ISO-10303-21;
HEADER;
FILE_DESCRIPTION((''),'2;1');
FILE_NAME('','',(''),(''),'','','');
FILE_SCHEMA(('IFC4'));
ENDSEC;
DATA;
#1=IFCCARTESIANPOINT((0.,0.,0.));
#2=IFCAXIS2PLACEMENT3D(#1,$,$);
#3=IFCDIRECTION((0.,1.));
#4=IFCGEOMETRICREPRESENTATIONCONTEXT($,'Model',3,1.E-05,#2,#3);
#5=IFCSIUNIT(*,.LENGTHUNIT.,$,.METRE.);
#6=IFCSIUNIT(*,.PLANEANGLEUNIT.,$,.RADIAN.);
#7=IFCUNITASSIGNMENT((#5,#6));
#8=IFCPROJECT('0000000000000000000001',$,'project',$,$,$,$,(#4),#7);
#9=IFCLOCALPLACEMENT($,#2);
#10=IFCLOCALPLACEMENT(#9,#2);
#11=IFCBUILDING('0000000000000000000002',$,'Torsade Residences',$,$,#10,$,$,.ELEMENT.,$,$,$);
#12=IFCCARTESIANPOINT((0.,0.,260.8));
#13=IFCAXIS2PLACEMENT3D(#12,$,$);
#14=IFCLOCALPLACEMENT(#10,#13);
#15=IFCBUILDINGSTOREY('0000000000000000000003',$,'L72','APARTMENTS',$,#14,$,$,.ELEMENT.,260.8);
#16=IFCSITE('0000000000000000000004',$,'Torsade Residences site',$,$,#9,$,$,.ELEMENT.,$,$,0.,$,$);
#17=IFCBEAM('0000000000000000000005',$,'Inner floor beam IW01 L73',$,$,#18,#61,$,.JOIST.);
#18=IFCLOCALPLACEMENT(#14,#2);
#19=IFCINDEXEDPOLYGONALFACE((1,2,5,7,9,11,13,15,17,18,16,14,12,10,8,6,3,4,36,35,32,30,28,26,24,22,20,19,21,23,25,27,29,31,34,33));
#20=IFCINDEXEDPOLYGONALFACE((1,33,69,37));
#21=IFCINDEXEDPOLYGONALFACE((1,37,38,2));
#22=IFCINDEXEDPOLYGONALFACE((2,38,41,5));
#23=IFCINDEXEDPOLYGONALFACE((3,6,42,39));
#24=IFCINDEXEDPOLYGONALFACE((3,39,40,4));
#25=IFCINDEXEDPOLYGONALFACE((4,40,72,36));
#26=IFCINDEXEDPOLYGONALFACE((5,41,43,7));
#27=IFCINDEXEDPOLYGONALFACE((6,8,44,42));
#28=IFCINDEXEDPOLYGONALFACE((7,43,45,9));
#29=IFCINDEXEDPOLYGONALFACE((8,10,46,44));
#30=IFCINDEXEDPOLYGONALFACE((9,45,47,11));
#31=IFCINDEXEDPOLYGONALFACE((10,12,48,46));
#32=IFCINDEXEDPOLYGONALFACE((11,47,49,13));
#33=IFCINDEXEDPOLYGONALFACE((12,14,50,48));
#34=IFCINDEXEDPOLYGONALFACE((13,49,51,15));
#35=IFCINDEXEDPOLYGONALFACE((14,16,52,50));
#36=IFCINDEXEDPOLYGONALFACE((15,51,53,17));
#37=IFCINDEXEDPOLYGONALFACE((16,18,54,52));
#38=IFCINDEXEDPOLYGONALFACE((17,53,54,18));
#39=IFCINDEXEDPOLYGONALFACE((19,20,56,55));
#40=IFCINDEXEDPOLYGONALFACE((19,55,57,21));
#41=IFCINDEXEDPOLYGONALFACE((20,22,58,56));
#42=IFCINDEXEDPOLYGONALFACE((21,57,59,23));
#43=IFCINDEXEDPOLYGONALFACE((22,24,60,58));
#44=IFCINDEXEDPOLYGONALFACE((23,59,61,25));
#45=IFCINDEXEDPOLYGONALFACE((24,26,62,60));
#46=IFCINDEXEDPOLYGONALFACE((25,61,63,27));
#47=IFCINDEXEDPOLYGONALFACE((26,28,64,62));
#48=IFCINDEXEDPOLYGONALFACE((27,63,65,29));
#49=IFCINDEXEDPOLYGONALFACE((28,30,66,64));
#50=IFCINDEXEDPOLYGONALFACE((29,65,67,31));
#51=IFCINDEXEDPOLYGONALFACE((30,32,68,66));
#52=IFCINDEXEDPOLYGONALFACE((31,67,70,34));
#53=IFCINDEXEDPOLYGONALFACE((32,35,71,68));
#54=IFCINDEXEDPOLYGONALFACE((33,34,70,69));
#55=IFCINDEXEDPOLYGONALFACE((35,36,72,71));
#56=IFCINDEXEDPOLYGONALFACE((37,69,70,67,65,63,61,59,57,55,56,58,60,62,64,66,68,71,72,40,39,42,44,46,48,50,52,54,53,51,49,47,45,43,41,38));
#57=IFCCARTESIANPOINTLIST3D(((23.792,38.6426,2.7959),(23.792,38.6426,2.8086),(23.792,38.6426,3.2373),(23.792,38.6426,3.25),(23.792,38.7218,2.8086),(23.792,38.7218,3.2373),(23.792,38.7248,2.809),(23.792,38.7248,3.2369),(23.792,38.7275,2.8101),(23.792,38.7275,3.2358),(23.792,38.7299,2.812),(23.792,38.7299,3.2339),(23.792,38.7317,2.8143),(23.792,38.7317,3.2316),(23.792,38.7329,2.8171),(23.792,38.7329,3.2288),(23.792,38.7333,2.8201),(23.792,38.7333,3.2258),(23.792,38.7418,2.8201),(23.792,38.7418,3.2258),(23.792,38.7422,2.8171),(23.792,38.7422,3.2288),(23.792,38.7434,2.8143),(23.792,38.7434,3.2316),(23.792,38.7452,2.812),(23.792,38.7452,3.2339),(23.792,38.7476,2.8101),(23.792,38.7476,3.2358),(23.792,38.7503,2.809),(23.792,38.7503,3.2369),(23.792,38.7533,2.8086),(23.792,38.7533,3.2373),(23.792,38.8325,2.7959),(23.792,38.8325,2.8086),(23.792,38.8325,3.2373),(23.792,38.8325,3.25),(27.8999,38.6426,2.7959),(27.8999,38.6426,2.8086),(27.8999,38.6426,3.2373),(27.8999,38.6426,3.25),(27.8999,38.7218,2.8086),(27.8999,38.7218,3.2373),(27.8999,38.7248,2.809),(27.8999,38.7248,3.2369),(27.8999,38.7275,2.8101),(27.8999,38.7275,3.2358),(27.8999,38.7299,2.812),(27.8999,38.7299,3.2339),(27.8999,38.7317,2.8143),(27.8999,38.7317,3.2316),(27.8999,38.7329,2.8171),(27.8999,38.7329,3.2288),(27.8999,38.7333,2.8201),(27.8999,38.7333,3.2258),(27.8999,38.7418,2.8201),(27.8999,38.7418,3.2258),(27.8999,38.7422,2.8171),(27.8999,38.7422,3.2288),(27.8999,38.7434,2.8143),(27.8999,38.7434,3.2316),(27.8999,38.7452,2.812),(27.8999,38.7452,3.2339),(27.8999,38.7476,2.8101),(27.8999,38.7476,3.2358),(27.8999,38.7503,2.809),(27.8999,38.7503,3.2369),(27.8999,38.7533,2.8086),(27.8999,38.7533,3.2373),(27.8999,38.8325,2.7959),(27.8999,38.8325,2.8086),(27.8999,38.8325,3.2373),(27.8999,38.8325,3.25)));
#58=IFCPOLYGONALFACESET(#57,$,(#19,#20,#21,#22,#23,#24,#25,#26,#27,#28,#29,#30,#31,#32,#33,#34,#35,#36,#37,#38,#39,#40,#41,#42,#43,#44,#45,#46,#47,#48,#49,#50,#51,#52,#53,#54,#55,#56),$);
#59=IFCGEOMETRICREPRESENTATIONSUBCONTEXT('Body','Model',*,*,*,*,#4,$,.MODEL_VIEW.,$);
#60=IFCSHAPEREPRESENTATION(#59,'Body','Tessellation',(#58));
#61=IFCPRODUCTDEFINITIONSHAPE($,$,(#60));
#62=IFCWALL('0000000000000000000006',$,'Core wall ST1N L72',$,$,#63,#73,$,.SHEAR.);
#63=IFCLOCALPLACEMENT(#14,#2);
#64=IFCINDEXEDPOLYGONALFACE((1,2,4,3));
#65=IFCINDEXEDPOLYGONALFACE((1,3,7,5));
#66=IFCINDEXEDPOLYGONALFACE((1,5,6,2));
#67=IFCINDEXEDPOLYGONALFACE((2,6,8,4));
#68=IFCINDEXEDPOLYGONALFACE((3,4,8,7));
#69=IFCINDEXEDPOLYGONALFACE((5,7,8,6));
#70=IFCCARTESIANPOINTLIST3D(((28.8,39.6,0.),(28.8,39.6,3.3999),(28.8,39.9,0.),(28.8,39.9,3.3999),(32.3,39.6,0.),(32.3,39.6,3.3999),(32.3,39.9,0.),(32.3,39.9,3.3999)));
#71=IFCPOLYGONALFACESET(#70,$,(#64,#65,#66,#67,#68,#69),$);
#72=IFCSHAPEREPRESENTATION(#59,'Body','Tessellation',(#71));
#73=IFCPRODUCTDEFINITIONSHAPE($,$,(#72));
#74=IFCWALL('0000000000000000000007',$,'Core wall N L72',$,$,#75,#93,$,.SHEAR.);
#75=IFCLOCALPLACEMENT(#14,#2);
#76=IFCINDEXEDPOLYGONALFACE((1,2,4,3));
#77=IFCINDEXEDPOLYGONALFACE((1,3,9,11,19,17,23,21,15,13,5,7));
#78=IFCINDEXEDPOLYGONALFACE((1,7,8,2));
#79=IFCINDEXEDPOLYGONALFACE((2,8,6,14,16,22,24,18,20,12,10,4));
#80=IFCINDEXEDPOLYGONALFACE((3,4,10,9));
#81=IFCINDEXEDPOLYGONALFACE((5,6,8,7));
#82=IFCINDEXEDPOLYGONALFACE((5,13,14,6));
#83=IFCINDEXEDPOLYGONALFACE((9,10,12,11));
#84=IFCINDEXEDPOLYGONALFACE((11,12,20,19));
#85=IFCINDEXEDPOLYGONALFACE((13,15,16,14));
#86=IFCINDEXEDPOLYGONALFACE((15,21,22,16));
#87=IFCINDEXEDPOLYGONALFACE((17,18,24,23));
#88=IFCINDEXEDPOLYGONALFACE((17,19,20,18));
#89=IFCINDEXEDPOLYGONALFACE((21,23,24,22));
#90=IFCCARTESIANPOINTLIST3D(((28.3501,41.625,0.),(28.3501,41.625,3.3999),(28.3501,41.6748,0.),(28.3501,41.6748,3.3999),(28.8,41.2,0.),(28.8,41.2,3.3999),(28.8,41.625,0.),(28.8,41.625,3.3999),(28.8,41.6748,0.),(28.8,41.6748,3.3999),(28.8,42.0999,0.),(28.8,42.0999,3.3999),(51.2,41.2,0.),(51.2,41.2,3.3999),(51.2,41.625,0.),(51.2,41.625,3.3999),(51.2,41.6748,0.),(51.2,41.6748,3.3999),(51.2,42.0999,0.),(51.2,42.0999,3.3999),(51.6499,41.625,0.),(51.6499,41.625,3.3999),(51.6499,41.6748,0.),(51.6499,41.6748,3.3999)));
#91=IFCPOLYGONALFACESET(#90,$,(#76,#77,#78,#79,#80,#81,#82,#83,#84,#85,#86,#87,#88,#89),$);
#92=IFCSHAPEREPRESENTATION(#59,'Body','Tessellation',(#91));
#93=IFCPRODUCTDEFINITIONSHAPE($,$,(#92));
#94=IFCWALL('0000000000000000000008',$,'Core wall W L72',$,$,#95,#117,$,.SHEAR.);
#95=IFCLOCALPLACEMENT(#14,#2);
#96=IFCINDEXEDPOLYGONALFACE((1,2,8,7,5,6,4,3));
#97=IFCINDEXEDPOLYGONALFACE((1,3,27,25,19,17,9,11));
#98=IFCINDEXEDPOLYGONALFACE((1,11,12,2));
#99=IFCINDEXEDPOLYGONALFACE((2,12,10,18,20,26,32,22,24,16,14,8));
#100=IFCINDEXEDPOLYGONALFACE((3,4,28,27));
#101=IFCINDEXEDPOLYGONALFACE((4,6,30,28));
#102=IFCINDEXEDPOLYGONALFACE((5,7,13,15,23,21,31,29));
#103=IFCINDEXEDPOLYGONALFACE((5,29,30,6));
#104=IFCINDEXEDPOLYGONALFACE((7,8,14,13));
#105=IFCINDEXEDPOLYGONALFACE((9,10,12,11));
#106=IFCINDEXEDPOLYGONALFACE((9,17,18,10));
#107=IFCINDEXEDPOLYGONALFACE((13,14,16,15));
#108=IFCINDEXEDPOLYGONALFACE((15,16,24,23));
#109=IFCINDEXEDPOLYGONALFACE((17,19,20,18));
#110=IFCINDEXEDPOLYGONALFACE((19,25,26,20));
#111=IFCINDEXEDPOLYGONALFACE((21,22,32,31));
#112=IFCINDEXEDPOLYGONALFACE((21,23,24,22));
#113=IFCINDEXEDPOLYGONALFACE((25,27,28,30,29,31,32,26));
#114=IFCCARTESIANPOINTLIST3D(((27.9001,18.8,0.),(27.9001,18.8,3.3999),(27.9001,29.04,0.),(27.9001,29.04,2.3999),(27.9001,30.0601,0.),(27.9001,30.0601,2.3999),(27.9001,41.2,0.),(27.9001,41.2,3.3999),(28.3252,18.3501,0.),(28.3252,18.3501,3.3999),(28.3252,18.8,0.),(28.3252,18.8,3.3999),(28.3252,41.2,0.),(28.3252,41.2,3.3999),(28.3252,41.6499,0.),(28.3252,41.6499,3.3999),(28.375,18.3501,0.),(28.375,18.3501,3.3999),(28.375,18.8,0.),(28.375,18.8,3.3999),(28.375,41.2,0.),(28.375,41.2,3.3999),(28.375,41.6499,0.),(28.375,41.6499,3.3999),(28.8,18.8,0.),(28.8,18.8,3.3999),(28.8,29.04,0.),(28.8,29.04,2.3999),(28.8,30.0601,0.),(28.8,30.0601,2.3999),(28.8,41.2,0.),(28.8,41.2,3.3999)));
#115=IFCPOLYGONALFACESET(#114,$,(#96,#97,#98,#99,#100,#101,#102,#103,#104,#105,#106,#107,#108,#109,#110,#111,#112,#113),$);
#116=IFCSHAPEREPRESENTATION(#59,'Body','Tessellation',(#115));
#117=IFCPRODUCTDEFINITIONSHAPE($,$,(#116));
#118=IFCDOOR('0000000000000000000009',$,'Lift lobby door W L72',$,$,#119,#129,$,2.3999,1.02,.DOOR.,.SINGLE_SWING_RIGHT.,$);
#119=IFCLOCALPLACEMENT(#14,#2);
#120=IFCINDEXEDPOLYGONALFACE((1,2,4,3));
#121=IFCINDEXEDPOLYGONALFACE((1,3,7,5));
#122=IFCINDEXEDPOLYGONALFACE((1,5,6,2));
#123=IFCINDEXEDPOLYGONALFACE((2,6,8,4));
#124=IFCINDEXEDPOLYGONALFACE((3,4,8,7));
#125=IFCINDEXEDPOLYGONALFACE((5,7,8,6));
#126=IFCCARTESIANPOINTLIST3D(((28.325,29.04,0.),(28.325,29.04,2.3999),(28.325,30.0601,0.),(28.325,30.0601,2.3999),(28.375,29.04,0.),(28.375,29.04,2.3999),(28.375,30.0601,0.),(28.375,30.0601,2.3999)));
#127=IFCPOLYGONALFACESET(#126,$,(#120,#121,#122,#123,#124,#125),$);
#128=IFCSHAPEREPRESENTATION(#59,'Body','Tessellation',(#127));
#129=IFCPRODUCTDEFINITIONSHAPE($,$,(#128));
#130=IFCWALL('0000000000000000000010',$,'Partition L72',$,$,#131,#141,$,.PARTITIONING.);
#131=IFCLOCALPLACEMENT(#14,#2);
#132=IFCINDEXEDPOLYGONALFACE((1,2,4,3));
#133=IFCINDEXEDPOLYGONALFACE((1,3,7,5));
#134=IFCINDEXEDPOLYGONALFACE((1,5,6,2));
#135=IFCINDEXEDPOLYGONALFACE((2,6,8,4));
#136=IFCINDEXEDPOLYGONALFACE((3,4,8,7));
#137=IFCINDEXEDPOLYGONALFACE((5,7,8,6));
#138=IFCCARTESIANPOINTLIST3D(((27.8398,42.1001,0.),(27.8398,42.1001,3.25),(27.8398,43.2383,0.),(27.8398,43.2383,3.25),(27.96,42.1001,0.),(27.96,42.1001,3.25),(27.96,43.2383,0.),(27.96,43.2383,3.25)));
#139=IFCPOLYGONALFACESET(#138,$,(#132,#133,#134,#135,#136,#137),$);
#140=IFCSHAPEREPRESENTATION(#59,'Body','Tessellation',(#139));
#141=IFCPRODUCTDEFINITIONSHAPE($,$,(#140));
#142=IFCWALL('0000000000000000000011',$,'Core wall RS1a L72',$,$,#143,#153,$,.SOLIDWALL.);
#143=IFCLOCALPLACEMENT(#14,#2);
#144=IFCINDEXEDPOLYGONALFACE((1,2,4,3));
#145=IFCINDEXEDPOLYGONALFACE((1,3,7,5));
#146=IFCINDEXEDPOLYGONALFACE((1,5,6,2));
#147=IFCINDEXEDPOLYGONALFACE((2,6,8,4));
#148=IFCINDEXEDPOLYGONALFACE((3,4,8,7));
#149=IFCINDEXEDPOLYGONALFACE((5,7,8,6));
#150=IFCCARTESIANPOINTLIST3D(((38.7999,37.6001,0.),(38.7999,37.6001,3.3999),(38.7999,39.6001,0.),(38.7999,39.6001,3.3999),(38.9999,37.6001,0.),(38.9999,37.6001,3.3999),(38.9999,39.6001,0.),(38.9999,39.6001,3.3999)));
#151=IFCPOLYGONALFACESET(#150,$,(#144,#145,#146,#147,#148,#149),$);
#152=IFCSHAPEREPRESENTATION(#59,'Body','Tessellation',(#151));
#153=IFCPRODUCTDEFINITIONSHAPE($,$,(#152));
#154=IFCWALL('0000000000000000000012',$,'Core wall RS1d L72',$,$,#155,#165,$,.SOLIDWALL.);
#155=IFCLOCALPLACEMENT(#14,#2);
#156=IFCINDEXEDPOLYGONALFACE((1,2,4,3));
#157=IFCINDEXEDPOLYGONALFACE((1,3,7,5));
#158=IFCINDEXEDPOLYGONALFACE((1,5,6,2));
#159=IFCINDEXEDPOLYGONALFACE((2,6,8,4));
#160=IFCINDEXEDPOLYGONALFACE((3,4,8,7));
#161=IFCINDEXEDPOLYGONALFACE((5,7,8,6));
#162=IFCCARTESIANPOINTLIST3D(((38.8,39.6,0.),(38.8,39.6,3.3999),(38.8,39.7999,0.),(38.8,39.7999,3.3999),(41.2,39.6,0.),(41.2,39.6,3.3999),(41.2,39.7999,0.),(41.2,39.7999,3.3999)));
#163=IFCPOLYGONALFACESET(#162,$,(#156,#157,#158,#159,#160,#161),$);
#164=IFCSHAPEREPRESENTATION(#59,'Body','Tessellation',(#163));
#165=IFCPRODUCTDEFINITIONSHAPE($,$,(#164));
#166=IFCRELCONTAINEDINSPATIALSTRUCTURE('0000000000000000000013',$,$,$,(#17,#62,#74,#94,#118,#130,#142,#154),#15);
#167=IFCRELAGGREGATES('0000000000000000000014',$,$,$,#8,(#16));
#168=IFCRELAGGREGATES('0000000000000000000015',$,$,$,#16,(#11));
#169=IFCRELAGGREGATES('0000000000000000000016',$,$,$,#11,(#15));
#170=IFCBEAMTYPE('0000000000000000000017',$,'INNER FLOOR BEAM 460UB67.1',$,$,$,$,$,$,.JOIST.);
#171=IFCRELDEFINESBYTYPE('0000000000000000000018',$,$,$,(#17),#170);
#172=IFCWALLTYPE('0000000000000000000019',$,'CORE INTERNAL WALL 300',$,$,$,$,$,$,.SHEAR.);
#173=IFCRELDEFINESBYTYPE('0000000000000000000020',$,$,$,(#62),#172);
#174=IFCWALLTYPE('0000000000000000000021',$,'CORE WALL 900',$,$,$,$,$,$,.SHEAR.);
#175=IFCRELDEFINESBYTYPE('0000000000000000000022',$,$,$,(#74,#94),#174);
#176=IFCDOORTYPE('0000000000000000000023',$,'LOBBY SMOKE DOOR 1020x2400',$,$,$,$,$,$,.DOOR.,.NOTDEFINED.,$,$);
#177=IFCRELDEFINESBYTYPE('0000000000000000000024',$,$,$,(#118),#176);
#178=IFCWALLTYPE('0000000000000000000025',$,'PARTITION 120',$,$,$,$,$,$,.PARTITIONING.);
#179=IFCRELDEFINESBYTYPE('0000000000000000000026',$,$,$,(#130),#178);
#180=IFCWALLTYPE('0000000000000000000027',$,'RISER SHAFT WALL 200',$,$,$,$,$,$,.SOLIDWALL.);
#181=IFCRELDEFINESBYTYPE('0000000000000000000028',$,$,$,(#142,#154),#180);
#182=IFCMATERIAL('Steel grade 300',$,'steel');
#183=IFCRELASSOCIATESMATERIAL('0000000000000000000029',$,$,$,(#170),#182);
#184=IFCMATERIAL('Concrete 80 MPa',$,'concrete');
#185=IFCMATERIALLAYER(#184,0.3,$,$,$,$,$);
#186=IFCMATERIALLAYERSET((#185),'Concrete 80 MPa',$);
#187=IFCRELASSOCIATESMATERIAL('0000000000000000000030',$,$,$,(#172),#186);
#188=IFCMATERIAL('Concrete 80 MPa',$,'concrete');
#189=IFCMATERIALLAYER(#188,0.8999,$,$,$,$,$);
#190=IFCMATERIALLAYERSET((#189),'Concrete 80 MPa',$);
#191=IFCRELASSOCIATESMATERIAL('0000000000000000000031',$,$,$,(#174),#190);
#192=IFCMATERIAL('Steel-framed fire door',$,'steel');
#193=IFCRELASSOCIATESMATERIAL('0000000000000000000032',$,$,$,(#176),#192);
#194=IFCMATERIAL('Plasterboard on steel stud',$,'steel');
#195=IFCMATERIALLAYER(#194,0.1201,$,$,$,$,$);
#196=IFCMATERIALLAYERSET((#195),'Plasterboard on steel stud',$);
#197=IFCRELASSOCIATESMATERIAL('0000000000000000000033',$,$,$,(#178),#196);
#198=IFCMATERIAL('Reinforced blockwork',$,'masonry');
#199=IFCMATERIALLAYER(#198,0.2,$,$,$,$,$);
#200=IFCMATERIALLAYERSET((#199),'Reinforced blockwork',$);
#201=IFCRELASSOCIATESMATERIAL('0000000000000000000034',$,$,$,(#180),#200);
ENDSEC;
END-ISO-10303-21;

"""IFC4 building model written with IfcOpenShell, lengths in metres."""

from ifc_helpers import new_model, si_unit, direction, frame, frame_2d, origin, origin_2d, place, context, subcontext, project, spatial, polyline, rectangle, i_section, outline, extrude, material, layer, layer_set, material_profile, profile_set, type_object, element, fill, save


model = new_model("IFC4")

# Units and contexts
model_context = context("Model", 3, precision=1e-05, world=origin(), true_north=direction((0.0, 1.0)))
body_context = subcontext(model_context, "Body", "Model", "MODEL_VIEW")
ifc_project = project(units=[si_unit("LENGTHUNIT", "METRE"), si_unit("PLANEANGLEUNIT", "RADIAN")], contexts=[model_context])

# Site, building, storey
site_placement = place(None, origin())
site = spatial("IfcSite", under=ifc_project, at=site_placement, Name="Torsade Residences site", CompositionType="ELEMENT", RefElevation=0.0)
building_placement = place(site_placement, origin())
building = spatial("IfcBuilding", under=site, at=building_placement, Name="Torsade Residences", CompositionType="ELEMENT")
storey_placement = place(building_placement, frame((0.0, 0.0, 260.8)))
storey = spatial("IfcBuildingStorey", under=building, at=storey_placement, Name="L72", Description="APARTMENTS", CompositionType="ELEMENT", Elevation=260.8)

# Beam
ifc_material_1 = material(Name="Steel grade 300", Category="steel")
ifc_material_profile_1 = material_profile(ifc_material_1, i_section(OverallWidth=0.1899, OverallDepth=0.4541, WebThickness=0.0085, FlangeThickness=0.0127, FilletRadius=0.0115, at=origin_2d()), Name="460UB67.1")
ifc_profile_set_1 = profile_set([ifc_material_profile_1], Name="Steel grade 300")
beam_type = type_object("IfcBeamType", Name="INNER FLOOR BEAM 460UB67.1", PredefinedType="JOIST", material=ifc_profile_set_1)
beam_1_placement = place(storey_placement, frame((27.8999, 38.7375, 3.0229), z_axis=(-1.0, 0.0, 0.0), x_axis=(0.0, -1.0, 0.0)))
element("IfcBeam", 1, at=beam_1_placement, inside=storey, type_object=beam_type, Name="Inner floor beam IW01 L73", PredefinedType="JOIST", context=body_context, shape_type="SweptSolid", body=[
    extrude(i_section(OverallWidth=0.1899, OverallDepth=0.4541, WebThickness=0.0085, FlangeThickness=0.0127, FilletRadius=0.0115, at=origin_2d()), origin(), (0.0, 0.0, 1.0), 4.1079),
])

# Walls
ifc_material_2 = material(Name="Concrete 80 MPa", Category="concrete")
ifc_layer_1 = layer(ifc_material_2, 0.3)
ifc_layer_set_1 = layer_set([ifc_layer_1], Name="Concrete 80 MPa")
wall_type_1 = type_object("IfcWallType", Name="CORE INTERNAL WALL 300", PredefinedType="SHEAR", material=ifc_layer_set_1)
wall_1_placement = place(storey_placement, frame((28.8, 39.75, 0.0), z_axis=(0.0, 0.0, 1.0), x_axis=(1.0, 0.0, 0.0)))
element("IfcWall", 2, at=wall_1_placement, inside=storey, type_object=wall_type_1, Name="Core wall ST1N L72", PredefinedType="SHEAR", context=body_context, shape_type="SweptSolid", body=[
    extrude(rectangle(XDim=3.5, YDim=0.3, at=frame_2d((1.75, 0.0))), origin(), (0.0, 0.0, 1.0), 3.3999),
])
ifc_material_3 = material(Name="Concrete 80 MPa", Category="concrete")
ifc_layer_2 = layer(ifc_material_3, 0.8999)
ifc_layer_set_2 = layer_set([ifc_layer_2], Name="Concrete 80 MPa")
wall_type_2 = type_object("IfcWallType", Name="CORE WALL 900", PredefinedType="SHEAR", material=ifc_layer_set_2)
wall_2_placement = place(storey_placement, frame((28.8, 41.6499, 0.0), z_axis=(0.0, 0.0, 1.0), x_axis=(1.0, 0.0, 0.0)))
element("IfcWall", 3, at=wall_2_placement, inside=storey, type_object=wall_type_2, Name="Core wall N L72", PredefinedType="SHEAR", context=body_context, shape_type="SweptSolid", body=[
    extrude(outline(polyline([(0.0, -0.45), (22.3999, -0.45), (22.3999, -0.0249), (22.8499, -0.0249), (22.8499, 0.0249), (22.3999, 0.0249), (22.3999, 0.45), (0.0, 0.45), (0.0, 0.0249), (-0.45, 0.0249), (-0.45, -0.0249), (0.0, -0.0249), (0.0, -0.45)])), origin(), (0.0, 0.0, 1.0), 3.3999),
])

# Wall, opening, door
wall_3_placement = place(storey_placement, frame((28.3501, 41.2, 0.0), z_axis=(0.0, 0.0, 1.0), x_axis=(0.0, -1.0, 0.0)))
wall_3 = element("IfcWall", 4, at=wall_3_placement, inside=storey, type_object=wall_type_2, Name="Core wall W L72", PredefinedType="SHEAR", context=body_context, shape_type="SweptSolid", body=[
    extrude(outline(polyline([(0.0, -0.45), (22.3999, -0.45), (22.3999, -0.0249), (22.8499, -0.0249), (22.8499, 0.0249), (22.3999, 0.0249), (22.3999, 0.45), (0.0, 0.45), (0.0, 0.0249), (-0.45, 0.0249), (-0.45, -0.0249), (0.0, -0.0249), (0.0, -0.45)])), origin(), (0.0, 0.0, 1.0), 3.3999),
])
opening_1_placement = place(wall_3_placement, frame((11.1399, 0.0, 0.0)))
opening_1 = element("IfcOpeningElement", 5, at=opening_1_placement, cuts=wall_3, PredefinedType="OPENING", context=body_context, shape_type="SweptSolid", body=[
    extrude(rectangle(XDim=1.02, YDim=2.3999, at=frame_2d((0.51, 1.2))), frame((0.0, 0.46, 0.0), z_axis=(0.0, -1.0, 0.0), x_axis=(1.0, 0.0, 0.0)), (0.0, 0.0, 1.0), 0.9199),
])
ifc_material_4 = material(Name="Steel-framed fire door", Category="steel")
door_type_1 = type_object("IfcDoorType", Name="LOBBY SMOKE DOOR 1020x2400", OperationType="NOTDEFINED", PredefinedType="DOOR", material=ifc_material_4)
door_1_placement = place(opening_1_placement, origin())
door_1 = element("IfcDoor", 6, at=door_1_placement, inside=storey, type_object=door_type_1, Name="Lift lobby door W L72", OperationType="SINGLE_SWING_RIGHT", OverallHeight=2.3999, OverallWidth=1.02, PredefinedType="DOOR", context=body_context, shape_type="SweptSolid", body=[
    extrude(rectangle(XDim=1.02, YDim=2.3999, at=frame_2d((0.51, 1.2))), frame((0.0, 0.0249, 0.0), z_axis=(0.0, -1.0, 0.0), x_axis=(1.0, 0.0, 0.0)), (0.0, 0.0, 1.0), 0.05),
])
fill(opening_1, door_1)

# Walls
ifc_material_5 = material(Name="Plasterboard on steel stud", Category="steel")
ifc_layer_3 = layer(ifc_material_5, 0.1201)
ifc_layer_set_3 = layer_set([ifc_layer_3], Name="Plasterboard on steel stud")
wall_type_3 = type_object("IfcWallType", Name="PARTITION 120", PredefinedType="PARTITIONING", material=ifc_layer_set_3)
wall_4_placement = place(storey_placement, frame((27.8999, 42.1001, 0.0), z_axis=(0.0, 0.0, 1.0), x_axis=(0.0, 1.0, 0.0)))
element("IfcWall", 7, at=wall_4_placement, inside=storey, type_object=wall_type_3, Name="Partition L72", PredefinedType="PARTITIONING", context=body_context, shape_type="SweptSolid", body=[
    extrude(rectangle(XDim=1.1382, YDim=0.1201, at=frame_2d((0.5691, 0.0))), origin(), (0.0, 0.0, 1.0), 3.25),
])
ifc_material_6 = material(Name="Reinforced blockwork", Category="masonry")
ifc_layer_4 = layer(ifc_material_6, 0.2)
ifc_layer_set_4 = layer_set([ifc_layer_4], Name="Reinforced blockwork")
wall_type_4 = type_object("IfcWallType", Name="RISER SHAFT WALL 200", PredefinedType="SOLIDWALL", material=ifc_layer_set_4)
wall_5_placement = place(storey_placement, frame((38.8999, 37.6001, 0.0), z_axis=(0.0, 0.0, 1.0), x_axis=(0.0, 1.0, 0.0)))
element("IfcWall", 8, at=wall_5_placement, inside=storey, type_object=wall_type_4, Name="Core wall RS1a L72", PredefinedType="SOLIDWALL", context=body_context, shape_type="SweptSolid", body=[
    extrude(rectangle(XDim=2.0, YDim=0.2, at=frame_2d((1.0, 0.0))), origin(), (0.0, 0.0, 1.0), 3.3999),
])
wall_6_placement = place(storey_placement, frame((38.8, 39.7, 0.0), z_axis=(0.0, 0.0, 1.0), x_axis=(1.0, 0.0, 0.0)))
element("IfcWall", 9, at=wall_6_placement, inside=storey, type_object=wall_type_4, Name="Core wall RS1d L72", PredefinedType="SOLIDWALL", context=body_context, shape_type="SweptSolid", body=[
    extrude(rectangle(XDim=2.3999, YDim=0.2, at=frame_2d((1.2, 0.0))), origin(), (0.0, 0.0, 1.0), 3.3999),
])

save(model, "model.ifc")
